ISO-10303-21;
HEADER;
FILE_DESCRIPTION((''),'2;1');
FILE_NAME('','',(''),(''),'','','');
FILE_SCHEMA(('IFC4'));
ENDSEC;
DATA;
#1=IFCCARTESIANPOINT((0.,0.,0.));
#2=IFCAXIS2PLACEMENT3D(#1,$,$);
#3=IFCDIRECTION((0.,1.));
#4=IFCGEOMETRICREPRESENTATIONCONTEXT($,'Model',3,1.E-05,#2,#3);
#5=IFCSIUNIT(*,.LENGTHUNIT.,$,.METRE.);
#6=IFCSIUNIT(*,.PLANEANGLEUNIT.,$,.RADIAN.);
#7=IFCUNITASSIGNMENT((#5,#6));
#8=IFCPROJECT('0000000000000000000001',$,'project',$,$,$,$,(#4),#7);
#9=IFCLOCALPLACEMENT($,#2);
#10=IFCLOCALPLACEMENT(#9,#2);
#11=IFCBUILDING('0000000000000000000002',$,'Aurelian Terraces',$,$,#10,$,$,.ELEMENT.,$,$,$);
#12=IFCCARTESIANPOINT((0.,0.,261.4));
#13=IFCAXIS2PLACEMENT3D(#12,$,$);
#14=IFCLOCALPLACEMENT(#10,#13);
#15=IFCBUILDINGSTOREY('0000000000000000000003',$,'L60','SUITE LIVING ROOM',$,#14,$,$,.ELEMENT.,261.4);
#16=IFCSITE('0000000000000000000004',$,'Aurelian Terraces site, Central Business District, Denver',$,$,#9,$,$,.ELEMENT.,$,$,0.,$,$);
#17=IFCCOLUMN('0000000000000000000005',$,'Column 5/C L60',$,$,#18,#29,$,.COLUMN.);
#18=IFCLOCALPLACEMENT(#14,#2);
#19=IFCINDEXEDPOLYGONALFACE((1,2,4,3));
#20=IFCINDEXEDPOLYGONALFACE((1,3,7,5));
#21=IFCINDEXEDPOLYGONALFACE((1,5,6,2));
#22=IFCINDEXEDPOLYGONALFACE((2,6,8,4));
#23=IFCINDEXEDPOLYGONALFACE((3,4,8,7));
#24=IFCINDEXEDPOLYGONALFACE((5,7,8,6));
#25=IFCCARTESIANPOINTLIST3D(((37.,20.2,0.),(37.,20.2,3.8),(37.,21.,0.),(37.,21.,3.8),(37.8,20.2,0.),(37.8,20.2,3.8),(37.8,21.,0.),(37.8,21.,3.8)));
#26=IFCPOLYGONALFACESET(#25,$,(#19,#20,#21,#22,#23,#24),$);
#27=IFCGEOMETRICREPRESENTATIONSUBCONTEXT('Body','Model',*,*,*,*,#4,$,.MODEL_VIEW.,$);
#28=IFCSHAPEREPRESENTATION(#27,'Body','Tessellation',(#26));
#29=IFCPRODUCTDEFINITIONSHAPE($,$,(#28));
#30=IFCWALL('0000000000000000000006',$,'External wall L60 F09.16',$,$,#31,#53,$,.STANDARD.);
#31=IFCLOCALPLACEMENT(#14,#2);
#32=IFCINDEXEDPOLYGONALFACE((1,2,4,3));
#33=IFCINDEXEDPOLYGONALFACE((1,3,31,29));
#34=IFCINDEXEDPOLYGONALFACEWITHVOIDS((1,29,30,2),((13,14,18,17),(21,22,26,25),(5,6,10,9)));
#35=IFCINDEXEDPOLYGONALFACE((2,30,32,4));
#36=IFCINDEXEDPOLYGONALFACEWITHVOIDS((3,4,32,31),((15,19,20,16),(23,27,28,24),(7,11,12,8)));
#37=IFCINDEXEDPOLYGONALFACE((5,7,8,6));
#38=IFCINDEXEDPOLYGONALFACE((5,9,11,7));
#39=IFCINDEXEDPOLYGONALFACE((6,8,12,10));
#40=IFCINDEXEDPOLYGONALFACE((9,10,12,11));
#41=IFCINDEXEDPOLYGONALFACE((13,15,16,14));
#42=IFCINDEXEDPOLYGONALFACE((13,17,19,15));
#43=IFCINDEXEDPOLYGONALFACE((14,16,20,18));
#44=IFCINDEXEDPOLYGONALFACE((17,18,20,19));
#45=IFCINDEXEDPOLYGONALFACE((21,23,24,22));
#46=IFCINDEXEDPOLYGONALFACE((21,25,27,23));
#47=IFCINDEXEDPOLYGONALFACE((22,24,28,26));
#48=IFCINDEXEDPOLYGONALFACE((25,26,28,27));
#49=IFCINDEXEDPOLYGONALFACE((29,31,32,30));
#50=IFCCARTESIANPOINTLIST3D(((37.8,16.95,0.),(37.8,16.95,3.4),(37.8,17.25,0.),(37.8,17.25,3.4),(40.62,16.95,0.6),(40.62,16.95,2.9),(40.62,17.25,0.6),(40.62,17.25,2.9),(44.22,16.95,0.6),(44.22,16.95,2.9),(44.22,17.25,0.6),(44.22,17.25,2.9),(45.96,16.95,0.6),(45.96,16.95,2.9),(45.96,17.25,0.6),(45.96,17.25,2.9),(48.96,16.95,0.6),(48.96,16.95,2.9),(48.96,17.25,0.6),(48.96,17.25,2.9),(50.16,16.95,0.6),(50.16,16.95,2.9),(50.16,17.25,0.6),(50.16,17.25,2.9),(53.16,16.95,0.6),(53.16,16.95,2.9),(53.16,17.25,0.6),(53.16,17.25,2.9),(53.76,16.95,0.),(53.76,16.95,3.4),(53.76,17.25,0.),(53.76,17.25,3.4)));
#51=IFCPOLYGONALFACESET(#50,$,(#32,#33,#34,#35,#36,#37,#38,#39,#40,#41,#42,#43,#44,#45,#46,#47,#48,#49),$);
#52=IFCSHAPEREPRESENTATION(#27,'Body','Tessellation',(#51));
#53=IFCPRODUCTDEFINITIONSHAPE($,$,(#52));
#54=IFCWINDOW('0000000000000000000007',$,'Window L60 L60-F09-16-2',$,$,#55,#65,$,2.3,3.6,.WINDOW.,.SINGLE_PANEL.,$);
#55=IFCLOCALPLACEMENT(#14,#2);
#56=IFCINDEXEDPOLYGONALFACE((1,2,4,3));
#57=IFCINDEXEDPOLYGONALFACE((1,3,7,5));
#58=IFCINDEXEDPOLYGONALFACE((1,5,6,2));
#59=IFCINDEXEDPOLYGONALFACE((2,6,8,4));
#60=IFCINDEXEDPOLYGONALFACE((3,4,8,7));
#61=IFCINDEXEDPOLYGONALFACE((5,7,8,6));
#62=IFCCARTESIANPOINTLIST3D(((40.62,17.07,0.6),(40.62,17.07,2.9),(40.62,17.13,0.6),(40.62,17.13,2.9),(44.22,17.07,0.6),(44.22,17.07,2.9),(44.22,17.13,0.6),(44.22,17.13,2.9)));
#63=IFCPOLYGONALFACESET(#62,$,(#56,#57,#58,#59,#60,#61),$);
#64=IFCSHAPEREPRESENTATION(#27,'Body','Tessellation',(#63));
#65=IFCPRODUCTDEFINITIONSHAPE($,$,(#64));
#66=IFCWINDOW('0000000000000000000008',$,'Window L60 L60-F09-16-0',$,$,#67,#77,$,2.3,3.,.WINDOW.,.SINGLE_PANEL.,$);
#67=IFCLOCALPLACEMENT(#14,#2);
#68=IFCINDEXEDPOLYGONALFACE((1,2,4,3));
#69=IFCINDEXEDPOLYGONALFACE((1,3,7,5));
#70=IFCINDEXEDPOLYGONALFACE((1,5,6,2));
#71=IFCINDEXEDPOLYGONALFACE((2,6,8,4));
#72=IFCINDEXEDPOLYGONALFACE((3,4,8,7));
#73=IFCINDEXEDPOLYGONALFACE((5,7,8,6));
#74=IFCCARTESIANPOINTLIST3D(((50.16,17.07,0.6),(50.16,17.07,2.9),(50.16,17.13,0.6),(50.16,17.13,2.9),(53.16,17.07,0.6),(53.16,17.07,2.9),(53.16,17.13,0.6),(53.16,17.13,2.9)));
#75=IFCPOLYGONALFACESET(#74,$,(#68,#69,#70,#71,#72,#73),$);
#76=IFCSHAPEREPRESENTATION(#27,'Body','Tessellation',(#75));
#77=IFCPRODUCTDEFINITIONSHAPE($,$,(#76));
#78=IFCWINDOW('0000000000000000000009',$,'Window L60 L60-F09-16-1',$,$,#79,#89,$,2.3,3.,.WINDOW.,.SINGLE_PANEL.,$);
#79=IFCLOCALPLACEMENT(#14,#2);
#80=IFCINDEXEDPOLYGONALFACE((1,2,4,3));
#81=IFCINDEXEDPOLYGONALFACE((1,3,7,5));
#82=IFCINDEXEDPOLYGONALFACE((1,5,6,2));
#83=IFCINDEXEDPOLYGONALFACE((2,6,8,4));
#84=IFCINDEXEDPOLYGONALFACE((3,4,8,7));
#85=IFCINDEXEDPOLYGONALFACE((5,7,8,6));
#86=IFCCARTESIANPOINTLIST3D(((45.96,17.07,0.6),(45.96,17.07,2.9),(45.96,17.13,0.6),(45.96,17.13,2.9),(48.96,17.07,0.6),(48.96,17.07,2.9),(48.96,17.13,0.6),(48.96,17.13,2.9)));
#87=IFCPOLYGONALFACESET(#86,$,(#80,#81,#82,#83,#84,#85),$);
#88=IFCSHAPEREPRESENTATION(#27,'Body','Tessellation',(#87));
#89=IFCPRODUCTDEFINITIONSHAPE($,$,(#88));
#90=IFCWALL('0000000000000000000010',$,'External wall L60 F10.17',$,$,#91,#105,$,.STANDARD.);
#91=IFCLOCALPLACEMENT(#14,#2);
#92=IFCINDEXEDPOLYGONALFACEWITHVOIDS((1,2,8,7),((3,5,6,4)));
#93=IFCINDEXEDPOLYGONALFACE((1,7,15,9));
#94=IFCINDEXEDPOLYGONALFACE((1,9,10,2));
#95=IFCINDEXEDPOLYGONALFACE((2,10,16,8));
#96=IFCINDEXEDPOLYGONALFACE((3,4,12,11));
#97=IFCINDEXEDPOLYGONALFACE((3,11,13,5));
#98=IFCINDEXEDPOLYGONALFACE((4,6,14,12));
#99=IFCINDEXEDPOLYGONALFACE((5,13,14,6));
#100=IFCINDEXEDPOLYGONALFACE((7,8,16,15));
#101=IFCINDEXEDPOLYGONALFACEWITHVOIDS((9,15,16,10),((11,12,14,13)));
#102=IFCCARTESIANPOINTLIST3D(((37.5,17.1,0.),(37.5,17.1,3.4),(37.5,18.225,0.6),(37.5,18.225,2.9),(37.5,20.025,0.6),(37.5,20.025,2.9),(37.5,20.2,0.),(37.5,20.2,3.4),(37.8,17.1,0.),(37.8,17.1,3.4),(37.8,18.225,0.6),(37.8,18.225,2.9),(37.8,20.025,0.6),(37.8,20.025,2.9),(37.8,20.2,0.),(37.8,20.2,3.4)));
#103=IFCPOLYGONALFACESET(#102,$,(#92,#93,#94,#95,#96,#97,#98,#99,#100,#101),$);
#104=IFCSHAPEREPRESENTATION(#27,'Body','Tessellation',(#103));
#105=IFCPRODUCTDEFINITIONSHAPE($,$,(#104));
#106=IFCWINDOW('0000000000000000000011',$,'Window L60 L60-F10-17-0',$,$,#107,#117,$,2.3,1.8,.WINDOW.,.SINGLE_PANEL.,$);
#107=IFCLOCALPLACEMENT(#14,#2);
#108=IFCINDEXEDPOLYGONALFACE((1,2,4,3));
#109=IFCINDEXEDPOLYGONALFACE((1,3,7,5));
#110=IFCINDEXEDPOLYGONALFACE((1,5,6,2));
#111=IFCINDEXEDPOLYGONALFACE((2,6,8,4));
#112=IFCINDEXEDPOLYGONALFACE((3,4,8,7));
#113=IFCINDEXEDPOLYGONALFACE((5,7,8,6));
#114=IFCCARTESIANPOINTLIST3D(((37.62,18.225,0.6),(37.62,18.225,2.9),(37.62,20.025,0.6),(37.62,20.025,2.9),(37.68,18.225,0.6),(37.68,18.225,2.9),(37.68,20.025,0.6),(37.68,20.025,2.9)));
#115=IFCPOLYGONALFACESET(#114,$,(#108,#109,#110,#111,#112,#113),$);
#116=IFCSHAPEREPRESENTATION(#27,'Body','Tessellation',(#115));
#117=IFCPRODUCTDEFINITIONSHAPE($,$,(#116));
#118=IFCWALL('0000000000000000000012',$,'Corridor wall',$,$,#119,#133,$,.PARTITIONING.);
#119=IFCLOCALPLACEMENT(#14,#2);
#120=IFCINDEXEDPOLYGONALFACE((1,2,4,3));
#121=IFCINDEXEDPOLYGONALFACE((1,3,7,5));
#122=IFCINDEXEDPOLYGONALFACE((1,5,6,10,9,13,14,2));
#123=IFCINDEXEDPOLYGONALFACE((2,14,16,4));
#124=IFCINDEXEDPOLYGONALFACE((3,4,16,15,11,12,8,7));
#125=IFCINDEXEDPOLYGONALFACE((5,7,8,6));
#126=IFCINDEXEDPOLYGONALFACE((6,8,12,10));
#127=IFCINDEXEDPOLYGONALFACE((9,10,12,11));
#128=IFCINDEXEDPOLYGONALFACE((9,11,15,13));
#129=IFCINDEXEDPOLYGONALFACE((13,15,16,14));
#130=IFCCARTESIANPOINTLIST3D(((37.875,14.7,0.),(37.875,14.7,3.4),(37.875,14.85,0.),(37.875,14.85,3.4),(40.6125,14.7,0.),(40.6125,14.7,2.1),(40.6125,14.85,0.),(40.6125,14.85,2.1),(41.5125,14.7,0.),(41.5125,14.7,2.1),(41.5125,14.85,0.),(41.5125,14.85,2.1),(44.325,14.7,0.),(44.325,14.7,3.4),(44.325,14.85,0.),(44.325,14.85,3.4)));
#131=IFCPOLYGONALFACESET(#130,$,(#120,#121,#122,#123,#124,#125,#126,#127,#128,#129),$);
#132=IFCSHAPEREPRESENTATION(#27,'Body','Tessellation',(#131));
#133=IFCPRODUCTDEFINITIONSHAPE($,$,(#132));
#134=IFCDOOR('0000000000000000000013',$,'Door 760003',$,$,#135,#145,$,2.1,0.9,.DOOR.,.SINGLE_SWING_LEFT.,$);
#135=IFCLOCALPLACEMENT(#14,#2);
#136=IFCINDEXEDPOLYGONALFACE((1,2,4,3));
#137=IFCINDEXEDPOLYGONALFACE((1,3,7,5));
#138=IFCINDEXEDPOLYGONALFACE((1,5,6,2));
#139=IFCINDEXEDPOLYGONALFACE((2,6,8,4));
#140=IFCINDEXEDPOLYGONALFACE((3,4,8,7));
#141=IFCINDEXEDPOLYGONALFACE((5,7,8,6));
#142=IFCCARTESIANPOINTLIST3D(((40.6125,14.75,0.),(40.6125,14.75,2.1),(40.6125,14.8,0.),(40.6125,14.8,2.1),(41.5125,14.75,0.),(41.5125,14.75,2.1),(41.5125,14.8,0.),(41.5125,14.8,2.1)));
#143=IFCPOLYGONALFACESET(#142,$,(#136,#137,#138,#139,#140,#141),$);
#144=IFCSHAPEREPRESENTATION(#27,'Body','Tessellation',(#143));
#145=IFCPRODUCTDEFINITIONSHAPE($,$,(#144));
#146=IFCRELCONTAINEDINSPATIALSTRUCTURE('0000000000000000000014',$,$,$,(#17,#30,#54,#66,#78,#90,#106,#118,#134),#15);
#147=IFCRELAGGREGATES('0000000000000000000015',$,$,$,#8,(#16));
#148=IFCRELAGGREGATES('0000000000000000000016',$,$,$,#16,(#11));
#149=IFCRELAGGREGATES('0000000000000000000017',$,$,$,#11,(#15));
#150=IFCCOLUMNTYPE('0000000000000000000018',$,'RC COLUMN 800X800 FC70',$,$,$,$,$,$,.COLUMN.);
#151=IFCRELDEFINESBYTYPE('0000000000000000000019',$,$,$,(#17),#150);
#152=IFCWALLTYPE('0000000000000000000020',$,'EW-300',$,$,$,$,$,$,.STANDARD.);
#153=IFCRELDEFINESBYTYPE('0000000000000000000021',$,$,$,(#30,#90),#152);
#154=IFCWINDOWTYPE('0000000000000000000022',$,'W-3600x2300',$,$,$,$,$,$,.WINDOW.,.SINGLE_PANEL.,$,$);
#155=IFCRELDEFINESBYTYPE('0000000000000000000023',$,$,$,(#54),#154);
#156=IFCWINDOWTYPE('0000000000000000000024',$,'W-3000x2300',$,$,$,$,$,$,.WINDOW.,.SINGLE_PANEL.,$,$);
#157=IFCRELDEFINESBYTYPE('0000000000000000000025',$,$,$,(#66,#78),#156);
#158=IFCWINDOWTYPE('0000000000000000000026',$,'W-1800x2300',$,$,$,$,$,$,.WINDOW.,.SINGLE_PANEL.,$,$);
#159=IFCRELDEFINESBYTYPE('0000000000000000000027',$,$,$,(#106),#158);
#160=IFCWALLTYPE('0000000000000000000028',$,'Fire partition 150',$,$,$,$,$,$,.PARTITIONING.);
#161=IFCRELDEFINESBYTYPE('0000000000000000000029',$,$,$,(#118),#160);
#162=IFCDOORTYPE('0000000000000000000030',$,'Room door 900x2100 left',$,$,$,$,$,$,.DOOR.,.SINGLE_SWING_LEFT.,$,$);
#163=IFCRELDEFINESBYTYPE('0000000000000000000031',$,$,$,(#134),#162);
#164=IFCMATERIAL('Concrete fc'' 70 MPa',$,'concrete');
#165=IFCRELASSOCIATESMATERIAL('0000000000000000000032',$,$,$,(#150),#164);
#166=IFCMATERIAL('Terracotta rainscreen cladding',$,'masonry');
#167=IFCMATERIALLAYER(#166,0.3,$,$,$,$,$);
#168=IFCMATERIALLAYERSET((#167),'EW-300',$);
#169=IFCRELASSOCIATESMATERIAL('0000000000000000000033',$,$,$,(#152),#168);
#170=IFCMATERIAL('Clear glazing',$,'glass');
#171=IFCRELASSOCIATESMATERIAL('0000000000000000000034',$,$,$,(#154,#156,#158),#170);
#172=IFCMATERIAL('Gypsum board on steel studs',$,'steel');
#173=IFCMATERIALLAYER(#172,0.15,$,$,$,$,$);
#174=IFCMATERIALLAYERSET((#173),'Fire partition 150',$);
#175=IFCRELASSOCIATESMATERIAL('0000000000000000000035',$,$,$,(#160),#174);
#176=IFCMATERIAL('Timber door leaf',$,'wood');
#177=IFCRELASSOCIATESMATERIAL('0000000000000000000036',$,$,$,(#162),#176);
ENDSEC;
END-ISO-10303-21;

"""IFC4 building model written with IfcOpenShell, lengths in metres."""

from ifc_helpers import new_model, si_unit, direction, frame, frame_2d, origin, origin_2d, place, context, subcontext, project, spatial, rectangle, extrude, source, transform, mapped, material, layer, layer_set, material_profile, profile_set, type_object, element, fill, save


model = new_model("IFC4")

# Units and contexts
model_context = context("Model", 3, precision=1e-05, world=origin(), true_north=direction((0.0, 1.0)))
body_context = subcontext(model_context, "Body", "Model", "MODEL_VIEW")
ifc_project = project(units=[si_unit("LENGTHUNIT", "METRE"), si_unit("PLANEANGLEUNIT", "RADIAN")], contexts=[model_context])

# Site, building, storey
site_placement = place(None, origin())
site = spatial("IfcSite", under=ifc_project, at=site_placement, Name="Aurelian Terraces site, Central Business District, Denver", CompositionType="ELEMENT", RefElevation=0.0)
building_placement = place(site_placement, origin())
building = spatial("IfcBuilding", under=site, at=building_placement, Name="Aurelian Terraces", CompositionType="ELEMENT")
storey_placement = place(building_placement, frame((0.0, 0.0, 261.4)))
storey = spatial("IfcBuildingStorey", under=building, at=storey_placement, Name="L60", Description="SUITE LIVING ROOM", CompositionType="ELEMENT", Elevation=261.4)

# Column
ifc_material_1 = material(Name="Concrete fc' 70 MPa", Category="concrete")
ifc_material_profile = material_profile(ifc_material_1, rectangle(XDim=0.8, YDim=0.8, at=origin_2d()))
ifc_profile_set = profile_set([ifc_material_profile], Name="Concrete fc' 70 MPa")
column_type = type_object("IfcColumnType", Name="RC COLUMN 800X800 FC70", PredefinedType="COLUMN", material=ifc_profile_set)
shared_shape_1 = source(origin(), body_context, "Body", "SweptSolid", [
    extrude(rectangle(XDim=0.8, YDim=0.8, at=origin_2d()), origin(), (0.0, 0.0, 1.0), 3.8),
])
column_placement = place(storey_placement, frame((37.4, 20.6, 0.0), z_axis=(0.0, 0.0, 1.0), x_axis=(1.0, 0.0, 0.0)))
element("IfcColumn", 1, at=column_placement, inside=storey, type_object=column_type, Name="Column 5/C L60", PredefinedType="COLUMN", context=body_context, shape_type="MappedRepresentation", body=[
    mapped(shared_shape_1, transform((0.0, 0.0, 0.0), scale=1.0)),
])

# Wall, openings, windows
ifc_material_2 = material(Name="Terracotta rainscreen cladding", Category="masonry")
ifc_layer_1 = layer(ifc_material_2, 0.3)
ifc_layer_set_1 = layer_set([ifc_layer_1], Name="EW-300")
wall_type_1 = type_object("IfcWallType", Name="EW-300", PredefinedType="STANDARD", material=ifc_layer_set_1)
shared_shape_2 = source(origin(), body_context, "Body", "SweptSolid", [
    extrude(rectangle(XDim=15.96, YDim=0.3, at=frame_2d((7.98, 0.0))), origin(), (0.0, 0.0, 1.0), 3.4),
])
wall_1_placement = place(storey_placement, frame((53.76, 17.1, 0.0), z_axis=(0.0, 0.0, 1.0), x_axis=(-1.0, 0.0, 0.0)))
wall_1 = element("IfcWall", 2, at=wall_1_placement, inside=storey, type_object=wall_type_1, Name="External wall L60 F09.16", PredefinedType="STANDARD", context=body_context, shape_type="MappedRepresentation", body=[
    mapped(shared_shape_2, transform((0.0, 0.0, 0.0), scale=1.0)),
])
shared_shape_3 = source(origin(), body_context, "Body", "SweptSolid", [
    extrude(rectangle(XDim=3.0, YDim=2.3, at=frame_2d((1.5, 1.15))), frame((0.0, 0.16, 0.0), z_axis=(0.0, -1.0, 0.0), x_axis=(1.0, 0.0, 0.0)), (0.0, 0.0, 1.0), 0.32),
])
opening_1_placement = place(wall_1_placement, frame((0.6, 0.0, 0.6)))
opening_1 = element("IfcOpeningElement", 3, at=opening_1_placement, cuts=wall_1, PredefinedType="OPENING", context=body_context, shape_type="MappedRepresentation", body=[
    mapped(shared_shape_3, transform((0.0, 0.0, 0.0), scale=1.0)),
])
opening_2_placement = place(wall_1_placement, frame((4.8, 0.0, 0.6)))
opening_2 = element("IfcOpeningElement", 4, at=opening_2_placement, cuts=wall_1, PredefinedType="OPENING", context=body_context, shape_type="MappedRepresentation", body=[
    mapped(shared_shape_3, transform((0.0, 0.0, 0.0), scale=1.0)),
])
shared_shape_4 = source(origin(), body_context, "Body", "SweptSolid", [
    extrude(rectangle(XDim=3.6, YDim=2.3, at=frame_2d((1.8, 1.15))), frame((0.0, 0.16, 0.0), z_axis=(0.0, -1.0, 0.0), x_axis=(1.0, 0.0, 0.0)), (0.0, 0.0, 1.0), 0.32),
])
opening_3_placement = place(wall_1_placement, frame((9.54, 0.0, 0.6)))
opening_3 = element("IfcOpeningElement", 5, at=opening_3_placement, cuts=wall_1, PredefinedType="OPENING", context=body_context, shape_type="MappedRepresentation", body=[
    mapped(shared_shape_4, transform((0.0, 0.0, 0.0), scale=1.0)),
])
ifc_material_3 = material(Name="Clear glazing", Category="glass")
window_type_1 = type_object("IfcWindowType", Name="W-3600x2300", PartitioningType="SINGLE_PANEL", PredefinedType="WINDOW", material=ifc_material_3)
shared_shape_5 = source(origin(), body_context, "Body", "SweptSolid", [
    extrude(rectangle(XDim=3.6, YDim=2.3, at=frame_2d((1.8, 1.15))), frame((0.0, 0.03, 0.0), z_axis=(0.0, -1.0, 0.0), x_axis=(1.0, 0.0, 0.0)), (0.0, 0.0, 1.0), 0.06),
])
window_1_placement = place(opening_3_placement, origin())
window_1 = element("IfcWindow", 6, at=window_1_placement, inside=storey, type_object=window_type_1, Name="Window L60 L60-F09-16-2", OverallHeight=2.3, OverallWidth=3.6, PartitioningType="SINGLE_PANEL", PredefinedType="WINDOW", context=body_context, shape_type="MappedRepresentation", body=[
    mapped(shared_shape_5, transform((0.0, 0.0, 0.0), scale=1.0)),
])
fill(opening_3, window_1)
window_type_2 = type_object("IfcWindowType", Name="W-3000x2300", PartitioningType="SINGLE_PANEL", PredefinedType="WINDOW", material=ifc_material_3)
shared_shape_6 = source(origin(), body_context, "Body", "SweptSolid", [
    extrude(rectangle(XDim=3.0, YDim=2.3, at=frame_2d((1.5, 1.15))), frame((0.0, 0.03, 0.0), z_axis=(0.0, -1.0, 0.0), x_axis=(1.0, 0.0, 0.0)), (0.0, 0.0, 1.0), 0.06),
])
window_2_placement = place(opening_1_placement, origin())
window_2 = element("IfcWindow", 7, at=window_2_placement, inside=storey, type_object=window_type_2, Name="Window L60 L60-F09-16-0", OverallHeight=2.3, OverallWidth=3.0, PartitioningType="SINGLE_PANEL", PredefinedType="WINDOW", context=body_context, shape_type="MappedRepresentation", body=[
    mapped(shared_shape_6, transform((0.0, 0.0, 0.0), scale=1.0)),
])
fill(opening_1, window_2)
window_3_placement = place(opening_2_placement, origin())
window_3 = element("IfcWindow", 8, at=window_3_placement, inside=storey, type_object=window_type_2, Name="Window L60 L60-F09-16-1", OverallHeight=2.3, OverallWidth=3.0, PartitioningType="SINGLE_PANEL", PredefinedType="WINDOW", context=body_context, shape_type="MappedRepresentation", body=[
    mapped(shared_shape_6, transform((0.0, 0.0, 0.0), scale=1.0)),
])
fill(opening_2, window_3)

# Wall, opening, window
shared_shape_7 = source(origin(), body_context, "Body", "SweptSolid", [
    extrude(rectangle(XDim=3.1, YDim=0.3, at=frame_2d((1.55, 0.0))), origin(), (0.0, 0.0, 1.0), 3.4),
])
wall_2_placement = place(storey_placement, frame((37.65, 17.1, 0.0), z_axis=(0.0, 0.0, 1.0), x_axis=(0.0, 1.0, 0.0)))
wall_2 = element("IfcWall", 9, at=wall_2_placement, inside=storey, type_object=wall_type_1, Name="External wall L60 F10.17", PredefinedType="STANDARD", context=body_context, shape_type="MappedRepresentation", body=[
    mapped(shared_shape_7, transform((0.0, 0.0, 0.0), scale=1.0)),
])
shared_shape_8 = source(origin(), body_context, "Body", "SweptSolid", [
    extrude(rectangle(XDim=1.8, YDim=2.3, at=frame_2d((0.9, 1.15))), frame((0.0, 0.16, 0.0), z_axis=(0.0, -1.0, 0.0), x_axis=(1.0, 0.0, 0.0)), (0.0, 0.0, 1.0), 0.32),
])
opening_4_placement = place(wall_2_placement, frame((1.125, 0.0, 0.6)))
opening_4 = element("IfcOpeningElement", 10, at=opening_4_placement, cuts=wall_2, PredefinedType="OPENING", context=body_context, shape_type="MappedRepresentation", body=[
    mapped(shared_shape_8, transform((0.0, 0.0, 0.0), scale=1.0)),
])
window_type_3 = type_object("IfcWindowType", Name="W-1800x2300", PartitioningType="SINGLE_PANEL", PredefinedType="WINDOW", material=ifc_material_3)
shared_shape_9 = source(origin(), body_context, "Body", "SweptSolid", [
    extrude(rectangle(XDim=1.8, YDim=2.3, at=frame_2d((0.9, 1.15))), frame((0.0, 0.03, 0.0), z_axis=(0.0, -1.0, 0.0), x_axis=(1.0, 0.0, 0.0)), (0.0, 0.0, 1.0), 0.06),
])
window_4_placement = place(opening_4_placement, origin())
window_4 = element("IfcWindow", 11, at=window_4_placement, inside=storey, type_object=window_type_3, Name="Window L60 L60-F10-17-0", OverallHeight=2.3, OverallWidth=1.8, PartitioningType="SINGLE_PANEL", PredefinedType="WINDOW", context=body_context, shape_type="MappedRepresentation", body=[
    mapped(shared_shape_9, transform((0.0, 0.0, 0.0), scale=1.0)),
])
fill(opening_4, window_4)

# Wall, opening, door
ifc_material_4 = material(Name="Gypsum board on steel studs", Category="steel")
ifc_layer_2 = layer(ifc_material_4, 0.15)
ifc_layer_set_2 = layer_set([ifc_layer_2], Name="Fire partition 150")
wall_type_2 = type_object("IfcWallType", Name="Fire partition 150", PredefinedType="PARTITIONING", material=ifc_layer_set_2)
shared_shape_10 = source(origin(), body_context, "Body", "SweptSolid", [
    extrude(rectangle(XDim=6.45, YDim=0.15, at=frame_2d((3.225, 0.0))), origin(), (0.0, 0.0, 1.0), 3.4),
])
wall_3_placement = place(storey_placement, frame((44.325, 14.775, 0.0), z_axis=(0.0, 0.0, 1.0), x_axis=(-1.0, 0.0, 0.0)))
wall_3 = element("IfcWall", 12, at=wall_3_placement, inside=storey, type_object=wall_type_2, Name="Corridor wall", PredefinedType="PARTITIONING", context=body_context, shape_type="MappedRepresentation", body=[
    mapped(shared_shape_10, transform((0.0, 0.0, 0.0), scale=1.0)),
])
shared_shape_11 = source(origin(), body_context, "Body", "SweptSolid", [
    extrude(rectangle(XDim=0.9, YDim=2.1, at=frame_2d((0.45, 1.05))), frame((0.0, 0.085, 0.0), z_axis=(0.0, -1.0, 0.0), x_axis=(1.0, 0.0, 0.0)), (0.0, 0.0, 1.0), 0.17),
])
opening_5_placement = place(wall_3_placement, frame((2.8125, 0.0, 0.0)))
opening_5 = element("IfcOpeningElement", 13, at=opening_5_placement, cuts=wall_3, PredefinedType="OPENING", context=body_context, shape_type="MappedRepresentation", body=[
    mapped(shared_shape_11, transform((0.0, 0.0, 0.0), scale=1.0)),
])
ifc_material_5 = material(Name="Timber door leaf", Category="wood")
door_type_1 = type_object("IfcDoorType", Name="Room door 900x2100 left", OperationType="SINGLE_SWING_LEFT", PredefinedType="DOOR", material=ifc_material_5)
shared_shape_12 = source(origin(), body_context, "Body", "SweptSolid", [
    extrude(rectangle(XDim=0.9, YDim=2.1, at=frame_2d((0.45, 1.05))), frame((0.0, 0.025, 0.0), z_axis=(0.0, -1.0, 0.0), x_axis=(1.0, 0.0, 0.0)), (0.0, 0.0, 1.0), 0.05),
])
door_1_placement = place(opening_5_placement, origin())
door_1 = element("IfcDoor", 14, at=door_1_placement, inside=storey, type_object=door_type_1, Name="Door 760003", OperationType="SINGLE_SWING_LEFT", OverallHeight=2.1, OverallWidth=0.9, PredefinedType="DOOR", context=body_context, shape_type="MappedRepresentation", body=[
    mapped(shared_shape_12, transform((0.0, 0.0, 0.0), scale=1.0)),
])
fill(opening_5, door_1)

save(model, "model.ifc")
